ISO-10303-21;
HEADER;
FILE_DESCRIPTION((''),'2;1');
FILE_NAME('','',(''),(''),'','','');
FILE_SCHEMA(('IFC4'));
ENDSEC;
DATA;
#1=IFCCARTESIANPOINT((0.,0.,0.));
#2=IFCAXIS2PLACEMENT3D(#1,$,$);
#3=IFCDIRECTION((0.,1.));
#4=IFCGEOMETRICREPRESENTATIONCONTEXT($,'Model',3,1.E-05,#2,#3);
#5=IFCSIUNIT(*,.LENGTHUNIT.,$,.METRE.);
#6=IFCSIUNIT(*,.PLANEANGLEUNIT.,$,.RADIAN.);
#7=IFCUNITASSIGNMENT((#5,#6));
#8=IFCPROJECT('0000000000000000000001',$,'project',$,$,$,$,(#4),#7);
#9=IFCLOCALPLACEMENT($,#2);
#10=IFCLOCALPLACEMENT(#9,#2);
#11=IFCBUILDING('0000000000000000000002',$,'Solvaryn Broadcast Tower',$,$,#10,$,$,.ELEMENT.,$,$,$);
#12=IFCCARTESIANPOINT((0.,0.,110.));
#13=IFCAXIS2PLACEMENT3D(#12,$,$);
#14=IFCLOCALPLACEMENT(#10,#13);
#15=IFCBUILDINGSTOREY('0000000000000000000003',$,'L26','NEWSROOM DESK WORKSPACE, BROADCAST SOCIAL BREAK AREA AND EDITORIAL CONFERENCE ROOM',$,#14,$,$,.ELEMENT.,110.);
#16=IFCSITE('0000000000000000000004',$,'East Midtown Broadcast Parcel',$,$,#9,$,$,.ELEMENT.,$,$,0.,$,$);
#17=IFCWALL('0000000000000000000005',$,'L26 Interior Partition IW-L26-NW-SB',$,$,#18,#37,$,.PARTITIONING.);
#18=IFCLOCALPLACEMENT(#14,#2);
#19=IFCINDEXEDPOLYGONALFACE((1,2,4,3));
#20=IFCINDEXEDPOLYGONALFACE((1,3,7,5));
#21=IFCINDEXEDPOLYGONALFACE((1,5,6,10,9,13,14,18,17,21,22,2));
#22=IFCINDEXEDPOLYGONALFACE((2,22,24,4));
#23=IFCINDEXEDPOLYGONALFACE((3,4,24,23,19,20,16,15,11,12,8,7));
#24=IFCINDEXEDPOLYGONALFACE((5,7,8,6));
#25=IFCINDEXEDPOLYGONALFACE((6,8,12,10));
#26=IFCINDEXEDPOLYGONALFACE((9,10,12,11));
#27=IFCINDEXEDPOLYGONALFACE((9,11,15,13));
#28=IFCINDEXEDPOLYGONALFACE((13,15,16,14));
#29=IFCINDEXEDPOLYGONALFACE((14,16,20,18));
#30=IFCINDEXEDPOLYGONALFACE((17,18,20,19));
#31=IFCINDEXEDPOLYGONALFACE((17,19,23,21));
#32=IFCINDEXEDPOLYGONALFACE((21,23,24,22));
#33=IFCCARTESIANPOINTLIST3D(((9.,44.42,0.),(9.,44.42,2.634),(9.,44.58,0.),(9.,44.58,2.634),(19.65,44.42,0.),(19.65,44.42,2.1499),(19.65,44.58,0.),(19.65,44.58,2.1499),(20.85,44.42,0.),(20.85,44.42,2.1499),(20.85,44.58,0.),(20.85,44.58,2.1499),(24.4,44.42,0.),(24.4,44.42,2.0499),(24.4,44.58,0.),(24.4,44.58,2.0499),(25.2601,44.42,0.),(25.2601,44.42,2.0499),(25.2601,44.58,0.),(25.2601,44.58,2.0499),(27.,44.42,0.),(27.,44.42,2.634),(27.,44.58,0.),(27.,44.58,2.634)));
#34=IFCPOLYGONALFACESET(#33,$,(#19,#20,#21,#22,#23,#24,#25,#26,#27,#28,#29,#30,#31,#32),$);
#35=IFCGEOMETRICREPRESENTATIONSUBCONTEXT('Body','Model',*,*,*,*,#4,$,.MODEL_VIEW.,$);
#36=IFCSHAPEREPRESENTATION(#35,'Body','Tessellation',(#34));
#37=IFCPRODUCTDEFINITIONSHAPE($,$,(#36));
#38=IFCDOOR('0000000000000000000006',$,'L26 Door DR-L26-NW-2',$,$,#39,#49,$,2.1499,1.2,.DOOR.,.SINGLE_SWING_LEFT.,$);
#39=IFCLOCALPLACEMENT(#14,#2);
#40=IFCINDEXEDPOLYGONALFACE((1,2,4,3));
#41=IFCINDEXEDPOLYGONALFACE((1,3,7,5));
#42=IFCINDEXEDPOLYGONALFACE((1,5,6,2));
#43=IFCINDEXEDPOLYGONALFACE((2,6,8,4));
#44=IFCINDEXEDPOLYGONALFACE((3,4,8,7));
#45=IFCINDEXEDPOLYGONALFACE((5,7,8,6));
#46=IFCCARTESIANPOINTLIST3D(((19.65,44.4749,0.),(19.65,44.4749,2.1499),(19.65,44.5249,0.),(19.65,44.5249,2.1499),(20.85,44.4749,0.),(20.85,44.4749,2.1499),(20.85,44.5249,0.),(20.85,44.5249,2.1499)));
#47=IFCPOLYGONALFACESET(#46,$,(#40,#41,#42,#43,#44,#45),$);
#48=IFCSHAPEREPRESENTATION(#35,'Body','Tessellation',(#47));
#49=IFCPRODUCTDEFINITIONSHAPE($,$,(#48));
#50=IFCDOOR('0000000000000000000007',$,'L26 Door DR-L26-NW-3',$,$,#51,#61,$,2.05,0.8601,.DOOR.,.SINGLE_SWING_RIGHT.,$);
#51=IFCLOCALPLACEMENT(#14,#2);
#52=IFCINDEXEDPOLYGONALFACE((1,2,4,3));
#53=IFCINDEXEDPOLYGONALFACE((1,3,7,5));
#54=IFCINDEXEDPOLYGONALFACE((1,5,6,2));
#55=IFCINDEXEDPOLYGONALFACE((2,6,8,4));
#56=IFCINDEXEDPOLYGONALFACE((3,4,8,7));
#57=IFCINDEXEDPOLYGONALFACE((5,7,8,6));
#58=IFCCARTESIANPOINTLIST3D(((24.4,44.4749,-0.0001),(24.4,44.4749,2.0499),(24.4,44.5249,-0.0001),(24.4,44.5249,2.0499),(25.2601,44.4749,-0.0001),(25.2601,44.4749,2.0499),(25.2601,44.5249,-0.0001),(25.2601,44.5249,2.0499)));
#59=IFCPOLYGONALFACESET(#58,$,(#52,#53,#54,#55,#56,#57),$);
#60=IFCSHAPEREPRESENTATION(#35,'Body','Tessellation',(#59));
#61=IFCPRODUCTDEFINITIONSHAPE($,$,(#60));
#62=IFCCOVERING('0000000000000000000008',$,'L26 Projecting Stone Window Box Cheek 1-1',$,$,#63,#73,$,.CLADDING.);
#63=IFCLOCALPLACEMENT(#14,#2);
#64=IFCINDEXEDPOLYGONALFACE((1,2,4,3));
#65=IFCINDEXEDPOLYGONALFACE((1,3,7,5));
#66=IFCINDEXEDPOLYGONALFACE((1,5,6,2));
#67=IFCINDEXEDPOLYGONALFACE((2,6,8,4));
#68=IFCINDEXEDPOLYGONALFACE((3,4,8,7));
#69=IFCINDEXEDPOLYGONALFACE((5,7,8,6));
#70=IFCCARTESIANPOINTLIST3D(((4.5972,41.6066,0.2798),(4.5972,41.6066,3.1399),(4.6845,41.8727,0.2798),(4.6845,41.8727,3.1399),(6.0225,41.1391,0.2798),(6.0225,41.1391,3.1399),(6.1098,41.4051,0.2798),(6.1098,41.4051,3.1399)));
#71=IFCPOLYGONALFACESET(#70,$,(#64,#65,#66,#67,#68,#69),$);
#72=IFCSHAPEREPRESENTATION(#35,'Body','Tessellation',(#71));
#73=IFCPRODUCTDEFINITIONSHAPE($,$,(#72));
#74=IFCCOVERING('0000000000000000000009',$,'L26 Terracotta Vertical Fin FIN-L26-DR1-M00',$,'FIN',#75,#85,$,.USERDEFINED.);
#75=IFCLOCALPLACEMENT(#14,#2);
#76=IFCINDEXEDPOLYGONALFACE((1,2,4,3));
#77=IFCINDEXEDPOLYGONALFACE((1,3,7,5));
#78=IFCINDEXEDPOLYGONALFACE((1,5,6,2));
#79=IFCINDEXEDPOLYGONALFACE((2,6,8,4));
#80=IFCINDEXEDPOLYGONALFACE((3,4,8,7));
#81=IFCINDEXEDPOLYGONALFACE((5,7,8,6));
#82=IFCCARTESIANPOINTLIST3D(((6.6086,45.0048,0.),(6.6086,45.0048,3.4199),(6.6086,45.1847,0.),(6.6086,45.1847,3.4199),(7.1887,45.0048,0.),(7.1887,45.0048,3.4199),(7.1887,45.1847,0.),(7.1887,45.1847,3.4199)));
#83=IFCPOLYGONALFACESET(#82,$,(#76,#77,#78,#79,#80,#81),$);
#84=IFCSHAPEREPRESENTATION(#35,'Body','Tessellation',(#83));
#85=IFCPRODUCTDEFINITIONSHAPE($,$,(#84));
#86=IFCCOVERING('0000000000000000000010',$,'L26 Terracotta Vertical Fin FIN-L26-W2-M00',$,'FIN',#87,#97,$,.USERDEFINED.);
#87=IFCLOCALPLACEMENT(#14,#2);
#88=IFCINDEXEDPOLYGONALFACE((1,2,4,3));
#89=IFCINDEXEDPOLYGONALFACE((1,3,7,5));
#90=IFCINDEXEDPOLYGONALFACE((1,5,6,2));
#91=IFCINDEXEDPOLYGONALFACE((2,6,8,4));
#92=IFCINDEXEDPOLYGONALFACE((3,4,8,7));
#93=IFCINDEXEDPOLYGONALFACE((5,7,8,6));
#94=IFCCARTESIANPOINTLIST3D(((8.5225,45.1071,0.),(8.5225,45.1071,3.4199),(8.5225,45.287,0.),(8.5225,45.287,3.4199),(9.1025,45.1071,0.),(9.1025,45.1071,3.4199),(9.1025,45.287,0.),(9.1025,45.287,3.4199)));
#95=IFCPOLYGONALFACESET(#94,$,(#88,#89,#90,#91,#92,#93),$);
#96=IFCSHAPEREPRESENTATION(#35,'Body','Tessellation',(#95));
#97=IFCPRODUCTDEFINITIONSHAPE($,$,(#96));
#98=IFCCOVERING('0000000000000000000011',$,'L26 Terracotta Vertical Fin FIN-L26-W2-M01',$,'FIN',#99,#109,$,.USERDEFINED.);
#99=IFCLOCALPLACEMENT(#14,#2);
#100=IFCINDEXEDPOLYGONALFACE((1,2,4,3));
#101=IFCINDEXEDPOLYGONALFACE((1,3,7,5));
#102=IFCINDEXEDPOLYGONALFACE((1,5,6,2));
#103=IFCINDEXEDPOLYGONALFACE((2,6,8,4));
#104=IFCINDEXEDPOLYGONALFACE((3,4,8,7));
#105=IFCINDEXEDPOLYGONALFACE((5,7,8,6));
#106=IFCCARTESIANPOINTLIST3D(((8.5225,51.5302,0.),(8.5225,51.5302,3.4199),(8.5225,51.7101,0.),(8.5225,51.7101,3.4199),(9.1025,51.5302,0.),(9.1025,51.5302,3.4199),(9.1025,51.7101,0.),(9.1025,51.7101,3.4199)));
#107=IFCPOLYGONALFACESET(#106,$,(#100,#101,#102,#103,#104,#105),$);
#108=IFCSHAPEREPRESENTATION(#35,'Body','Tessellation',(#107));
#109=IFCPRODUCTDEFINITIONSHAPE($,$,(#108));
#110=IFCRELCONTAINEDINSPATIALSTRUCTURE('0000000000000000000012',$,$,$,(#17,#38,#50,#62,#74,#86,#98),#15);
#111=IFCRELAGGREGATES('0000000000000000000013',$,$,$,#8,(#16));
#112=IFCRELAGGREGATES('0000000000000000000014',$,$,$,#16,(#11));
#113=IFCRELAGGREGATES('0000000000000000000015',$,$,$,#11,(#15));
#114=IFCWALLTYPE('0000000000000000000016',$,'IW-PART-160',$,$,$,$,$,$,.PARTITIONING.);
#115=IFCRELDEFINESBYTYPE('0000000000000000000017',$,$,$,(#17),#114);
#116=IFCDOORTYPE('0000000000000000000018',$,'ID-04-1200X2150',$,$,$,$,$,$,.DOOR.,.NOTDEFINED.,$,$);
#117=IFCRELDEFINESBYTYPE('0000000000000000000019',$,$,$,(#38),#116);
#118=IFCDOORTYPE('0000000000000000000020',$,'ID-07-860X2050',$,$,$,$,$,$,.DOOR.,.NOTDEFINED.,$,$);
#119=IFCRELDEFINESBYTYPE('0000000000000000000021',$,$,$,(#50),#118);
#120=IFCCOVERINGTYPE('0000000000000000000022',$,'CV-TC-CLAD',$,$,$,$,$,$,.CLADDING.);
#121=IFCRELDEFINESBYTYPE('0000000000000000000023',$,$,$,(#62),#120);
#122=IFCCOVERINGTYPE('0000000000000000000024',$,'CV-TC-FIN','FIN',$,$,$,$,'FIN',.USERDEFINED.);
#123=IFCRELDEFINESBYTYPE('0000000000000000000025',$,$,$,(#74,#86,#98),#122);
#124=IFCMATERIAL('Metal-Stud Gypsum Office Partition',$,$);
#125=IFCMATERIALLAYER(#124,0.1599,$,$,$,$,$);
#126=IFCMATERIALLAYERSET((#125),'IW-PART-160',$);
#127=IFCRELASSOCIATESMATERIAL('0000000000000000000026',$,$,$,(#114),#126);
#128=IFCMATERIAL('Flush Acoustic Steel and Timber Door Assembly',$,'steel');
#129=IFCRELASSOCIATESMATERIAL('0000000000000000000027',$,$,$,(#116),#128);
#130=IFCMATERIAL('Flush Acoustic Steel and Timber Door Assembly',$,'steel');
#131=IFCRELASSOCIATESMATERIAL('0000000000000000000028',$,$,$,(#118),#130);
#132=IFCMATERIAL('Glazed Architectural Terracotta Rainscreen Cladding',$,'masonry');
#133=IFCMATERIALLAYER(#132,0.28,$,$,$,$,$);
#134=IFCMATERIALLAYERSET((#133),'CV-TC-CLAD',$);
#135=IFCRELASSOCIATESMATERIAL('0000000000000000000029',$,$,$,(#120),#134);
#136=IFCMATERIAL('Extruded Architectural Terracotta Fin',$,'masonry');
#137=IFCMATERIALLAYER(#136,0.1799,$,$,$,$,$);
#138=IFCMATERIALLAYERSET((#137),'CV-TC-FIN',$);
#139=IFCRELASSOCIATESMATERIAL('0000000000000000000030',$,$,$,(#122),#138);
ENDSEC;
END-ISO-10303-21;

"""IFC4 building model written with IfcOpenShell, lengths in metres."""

from ifc_helpers import new_model, si_unit, direction, frame, frame_2d, origin, origin_2d, place, context, subcontext, project, spatial, rectangle, extrude, material, layer, layer_set, type_object, element, fill, save


model = new_model("IFC4")

# Units and contexts
model_context = context("Model", 3, precision=1e-05, world=origin(), true_north=direction((0.0, 1.0)))
body_context = subcontext(model_context, "Body", "Model", "MODEL_VIEW")
ifc_project = project(units=[si_unit("LENGTHUNIT", "METRE"), si_unit("PLANEANGLEUNIT", "RADIAN")], contexts=[model_context])

# Site, building, storey
site_placement = place(None, origin())
site = spatial("IfcSite", under=ifc_project, at=site_placement, Name="East Midtown Broadcast Parcel", CompositionType="ELEMENT", RefElevation=0.0)
building_placement = place(site_placement, origin())
building = spatial("IfcBuilding", under=site, at=building_placement, Name="Solvaryn Broadcast Tower", CompositionType="ELEMENT")
storey_placement = place(building_placement, frame((0.0, 0.0, 110.0)))
storey = spatial("IfcBuildingStorey", under=building, at=storey_placement, Name="L26", Description="NEWSROOM DESK WORKSPACE, BROADCAST SOCIAL BREAK AREA AND EDITORIAL CONFERENCE ROOM", CompositionType="ELEMENT", Elevation=110.0)

# Shared definitions
ifc_material_1 = material(Name="Metal-Stud Gypsum Office Partition")
ifc_layer_1 = layer(ifc_material_1, 0.1599)
ifc_layer_set_1 = layer_set([ifc_layer_1], Name="IW-PART-160")
wall_type_1 = type_object("IfcWallType", Name="IW-PART-160", PredefinedType="PARTITIONING", material=ifc_layer_set_1)

# Wall, openings, doors
wall_1_placement = place(storey_placement, frame((9.0, 44.5, 0.0), z_axis=(0.0, 0.0, 1.0), x_axis=(1.0, 0.0, 0.0)))
wall_1 = element("IfcWall", 1, at=wall_1_placement, inside=storey, type_object=wall_type_1, Name="L26 Interior Partition IW-L26-NW-SB", PredefinedType="PARTITIONING", context=body_context, shape_type="SweptSolid", body=[
    extrude(rectangle(XDim=18.0, YDim=0.1599, at=frame_2d((9.0, 0.0))), origin(), (0.0, 0.0, 1.0), 2.634),
])
opening_1_placement = place(wall_1_placement, frame((10.6499, 0.0, 0.0)))
opening_1 = element("IfcOpeningElement", 2, at=opening_1_placement, cuts=wall_1, PredefinedType="OPENING", context=body_context, shape_type="SweptSolid", body=[
    extrude(rectangle(XDim=1.2, YDim=2.1499, at=frame_2d((0.6001, 1.075))), frame((0.0, 0.0901, 0.0), z_axis=(0.0, -1.0, 0.0), x_axis=(1.0, 0.0, 0.0)), (0.0, 0.0, 1.0), 0.1799),
])
opening_2_placement = place(wall_1_placement, frame((15.3999, 0.0, 0.0)))
opening_2 = element("IfcOpeningElement", 3, at=opening_2_placement, cuts=wall_1, PredefinedType="OPENING", context=body_context, shape_type="SweptSolid", body=[
    extrude(rectangle(XDim=0.8601, YDim=2.05, at=frame_2d((0.4302, 1.0249))), frame((0.0, 0.0901, 0.0), z_axis=(0.0, -1.0, 0.0), x_axis=(1.0, 0.0, 0.0)), (0.0, 0.0, 1.0), 0.1799),
])
ifc_material_2 = material(Name="Flush Acoustic Steel and Timber Door Assembly", Category="steel")
door_type_1 = type_object("IfcDoorType", Name="ID-04-1200X2150", OperationType="NOTDEFINED", PredefinedType="DOOR", material=ifc_material_2)
door_1_placement = place(opening_1_placement, origin())
door_1 = element("IfcDoor", 4, at=door_1_placement, inside=storey, type_object=door_type_1, Name="L26 Door DR-L26-NW-2", OperationType="SINGLE_SWING_LEFT", OverallHeight=2.1499, OverallWidth=1.2, PredefinedType="DOOR", context=body_context, shape_type="SweptSolid", body=[
    extrude(rectangle(XDim=1.2, YDim=2.1499, at=frame_2d((0.6001, 1.075))), frame((0.0, 0.0249, 0.0), z_axis=(0.0, -1.0, 0.0), x_axis=(1.0, 0.0, 0.0)), (0.0, 0.0, 1.0), 0.05),
])
fill(opening_1, door_1)
ifc_material_3 = material(Name="Flush Acoustic Steel and Timber Door Assembly", Category="steel")
door_type_2 = type_object("IfcDoorType", Name="ID-07-860X2050", OperationType="NOTDEFINED", PredefinedType="DOOR", material=ifc_material_3)
door_2_placement = place(opening_2_placement, origin())
door_2 = element("IfcDoor", 5, at=door_2_placement, inside=storey, type_object=door_type_2, Name="L26 Door DR-L26-NW-3", OperationType="SINGLE_SWING_RIGHT", OverallHeight=2.05, OverallWidth=0.8601, PredefinedType="DOOR", context=body_context, shape_type="SweptSolid", body=[
    extrude(rectangle(XDim=0.8601, YDim=2.05, at=frame_2d((0.4302, 1.0249))), frame((0.0, 0.0249, 0.0), z_axis=(0.0, -1.0, 0.0), x_axis=(1.0, 0.0, 0.0)), (0.0, 0.0, 1.0), 0.05),
])
fill(opening_2, door_2)

# Coverings
ifc_material_4 = material(Name="Glazed Architectural Terracotta Rainscreen Cladding", Category="masonry")
ifc_layer_2 = layer(ifc_material_4, 0.28)
ifc_layer_set_2 = layer_set([ifc_layer_2], Name="CV-TC-CLAD")
covering_type_1 = type_object("IfcCoveringType", Name="CV-TC-CLAD", PredefinedType="CLADDING", material=ifc_layer_set_2)
covering_placement = place(storey_placement, frame((5.3535, 41.5059, 0.2798), z_axis=(0.0, 0.0, 1.0), x_axis=(-0.311672, -0.95019, 0.0)))
element("IfcCovering", 6, at=covering_placement, inside=storey, type_object=covering_type_1, Name="L26 Projecting Stone Window Box Cheek 1-1", PredefinedType="CLADDING", context=body_context, shape_type="SweptSolid", body=[
    extrude(rectangle(XDim=0.28, YDim=1.5, at=origin_2d()), origin(), (0.0, 0.0, 1.0), 2.8601),
])
ifc_material_5 = material(Name="Extruded Architectural Terracotta Fin", Category="masonry")
ifc_layer_3 = layer(ifc_material_5, 0.1799)
ifc_layer_set_3 = layer_set([ifc_layer_3], Name="CV-TC-FIN")
covering_type_2 = type_object("IfcCoveringType", Name="CV-TC-FIN", Description="FIN", ElementType="FIN", PredefinedType="USERDEFINED", material=ifc_layer_set_3)
for number, where, z_axis, x_axis, name in (
    (7, (6.8987, 45.0947, 0.0), (0.0, 0.0, 1.0), (1.0, 0.0, 0.0), "L26 Terracotta Vertical Fin FIN-L26-DR1-M00"),
    (8, (8.8125, 45.197, 0.0), (0.0, 0.0, 1.0), (1.0, 0.0, 0.0), "L26 Terracotta Vertical Fin FIN-L26-W2-M00"),
    (9, (8.8125, 51.6201, 0.0), (0.0, 0.0, 1.0), (1.0, 0.0, 0.0), "L26 Terracotta Vertical Fin FIN-L26-W2-M01"),
):
    element("IfcCovering", number, at=place(storey_placement, frame(where, z_axis=z_axis, x_axis=x_axis)), inside=storey, type_object=covering_type_2, Name=name, ObjectType="FIN", PredefinedType="USERDEFINED", context=body_context, shape_type="SweptSolid", body=[
        extrude(rectangle(XDim=0.5801, YDim=0.1799, at=origin_2d()), origin(), (0.0, 0.0, 1.0), 3.4199),
    ])

save(model, "model.ifc")
